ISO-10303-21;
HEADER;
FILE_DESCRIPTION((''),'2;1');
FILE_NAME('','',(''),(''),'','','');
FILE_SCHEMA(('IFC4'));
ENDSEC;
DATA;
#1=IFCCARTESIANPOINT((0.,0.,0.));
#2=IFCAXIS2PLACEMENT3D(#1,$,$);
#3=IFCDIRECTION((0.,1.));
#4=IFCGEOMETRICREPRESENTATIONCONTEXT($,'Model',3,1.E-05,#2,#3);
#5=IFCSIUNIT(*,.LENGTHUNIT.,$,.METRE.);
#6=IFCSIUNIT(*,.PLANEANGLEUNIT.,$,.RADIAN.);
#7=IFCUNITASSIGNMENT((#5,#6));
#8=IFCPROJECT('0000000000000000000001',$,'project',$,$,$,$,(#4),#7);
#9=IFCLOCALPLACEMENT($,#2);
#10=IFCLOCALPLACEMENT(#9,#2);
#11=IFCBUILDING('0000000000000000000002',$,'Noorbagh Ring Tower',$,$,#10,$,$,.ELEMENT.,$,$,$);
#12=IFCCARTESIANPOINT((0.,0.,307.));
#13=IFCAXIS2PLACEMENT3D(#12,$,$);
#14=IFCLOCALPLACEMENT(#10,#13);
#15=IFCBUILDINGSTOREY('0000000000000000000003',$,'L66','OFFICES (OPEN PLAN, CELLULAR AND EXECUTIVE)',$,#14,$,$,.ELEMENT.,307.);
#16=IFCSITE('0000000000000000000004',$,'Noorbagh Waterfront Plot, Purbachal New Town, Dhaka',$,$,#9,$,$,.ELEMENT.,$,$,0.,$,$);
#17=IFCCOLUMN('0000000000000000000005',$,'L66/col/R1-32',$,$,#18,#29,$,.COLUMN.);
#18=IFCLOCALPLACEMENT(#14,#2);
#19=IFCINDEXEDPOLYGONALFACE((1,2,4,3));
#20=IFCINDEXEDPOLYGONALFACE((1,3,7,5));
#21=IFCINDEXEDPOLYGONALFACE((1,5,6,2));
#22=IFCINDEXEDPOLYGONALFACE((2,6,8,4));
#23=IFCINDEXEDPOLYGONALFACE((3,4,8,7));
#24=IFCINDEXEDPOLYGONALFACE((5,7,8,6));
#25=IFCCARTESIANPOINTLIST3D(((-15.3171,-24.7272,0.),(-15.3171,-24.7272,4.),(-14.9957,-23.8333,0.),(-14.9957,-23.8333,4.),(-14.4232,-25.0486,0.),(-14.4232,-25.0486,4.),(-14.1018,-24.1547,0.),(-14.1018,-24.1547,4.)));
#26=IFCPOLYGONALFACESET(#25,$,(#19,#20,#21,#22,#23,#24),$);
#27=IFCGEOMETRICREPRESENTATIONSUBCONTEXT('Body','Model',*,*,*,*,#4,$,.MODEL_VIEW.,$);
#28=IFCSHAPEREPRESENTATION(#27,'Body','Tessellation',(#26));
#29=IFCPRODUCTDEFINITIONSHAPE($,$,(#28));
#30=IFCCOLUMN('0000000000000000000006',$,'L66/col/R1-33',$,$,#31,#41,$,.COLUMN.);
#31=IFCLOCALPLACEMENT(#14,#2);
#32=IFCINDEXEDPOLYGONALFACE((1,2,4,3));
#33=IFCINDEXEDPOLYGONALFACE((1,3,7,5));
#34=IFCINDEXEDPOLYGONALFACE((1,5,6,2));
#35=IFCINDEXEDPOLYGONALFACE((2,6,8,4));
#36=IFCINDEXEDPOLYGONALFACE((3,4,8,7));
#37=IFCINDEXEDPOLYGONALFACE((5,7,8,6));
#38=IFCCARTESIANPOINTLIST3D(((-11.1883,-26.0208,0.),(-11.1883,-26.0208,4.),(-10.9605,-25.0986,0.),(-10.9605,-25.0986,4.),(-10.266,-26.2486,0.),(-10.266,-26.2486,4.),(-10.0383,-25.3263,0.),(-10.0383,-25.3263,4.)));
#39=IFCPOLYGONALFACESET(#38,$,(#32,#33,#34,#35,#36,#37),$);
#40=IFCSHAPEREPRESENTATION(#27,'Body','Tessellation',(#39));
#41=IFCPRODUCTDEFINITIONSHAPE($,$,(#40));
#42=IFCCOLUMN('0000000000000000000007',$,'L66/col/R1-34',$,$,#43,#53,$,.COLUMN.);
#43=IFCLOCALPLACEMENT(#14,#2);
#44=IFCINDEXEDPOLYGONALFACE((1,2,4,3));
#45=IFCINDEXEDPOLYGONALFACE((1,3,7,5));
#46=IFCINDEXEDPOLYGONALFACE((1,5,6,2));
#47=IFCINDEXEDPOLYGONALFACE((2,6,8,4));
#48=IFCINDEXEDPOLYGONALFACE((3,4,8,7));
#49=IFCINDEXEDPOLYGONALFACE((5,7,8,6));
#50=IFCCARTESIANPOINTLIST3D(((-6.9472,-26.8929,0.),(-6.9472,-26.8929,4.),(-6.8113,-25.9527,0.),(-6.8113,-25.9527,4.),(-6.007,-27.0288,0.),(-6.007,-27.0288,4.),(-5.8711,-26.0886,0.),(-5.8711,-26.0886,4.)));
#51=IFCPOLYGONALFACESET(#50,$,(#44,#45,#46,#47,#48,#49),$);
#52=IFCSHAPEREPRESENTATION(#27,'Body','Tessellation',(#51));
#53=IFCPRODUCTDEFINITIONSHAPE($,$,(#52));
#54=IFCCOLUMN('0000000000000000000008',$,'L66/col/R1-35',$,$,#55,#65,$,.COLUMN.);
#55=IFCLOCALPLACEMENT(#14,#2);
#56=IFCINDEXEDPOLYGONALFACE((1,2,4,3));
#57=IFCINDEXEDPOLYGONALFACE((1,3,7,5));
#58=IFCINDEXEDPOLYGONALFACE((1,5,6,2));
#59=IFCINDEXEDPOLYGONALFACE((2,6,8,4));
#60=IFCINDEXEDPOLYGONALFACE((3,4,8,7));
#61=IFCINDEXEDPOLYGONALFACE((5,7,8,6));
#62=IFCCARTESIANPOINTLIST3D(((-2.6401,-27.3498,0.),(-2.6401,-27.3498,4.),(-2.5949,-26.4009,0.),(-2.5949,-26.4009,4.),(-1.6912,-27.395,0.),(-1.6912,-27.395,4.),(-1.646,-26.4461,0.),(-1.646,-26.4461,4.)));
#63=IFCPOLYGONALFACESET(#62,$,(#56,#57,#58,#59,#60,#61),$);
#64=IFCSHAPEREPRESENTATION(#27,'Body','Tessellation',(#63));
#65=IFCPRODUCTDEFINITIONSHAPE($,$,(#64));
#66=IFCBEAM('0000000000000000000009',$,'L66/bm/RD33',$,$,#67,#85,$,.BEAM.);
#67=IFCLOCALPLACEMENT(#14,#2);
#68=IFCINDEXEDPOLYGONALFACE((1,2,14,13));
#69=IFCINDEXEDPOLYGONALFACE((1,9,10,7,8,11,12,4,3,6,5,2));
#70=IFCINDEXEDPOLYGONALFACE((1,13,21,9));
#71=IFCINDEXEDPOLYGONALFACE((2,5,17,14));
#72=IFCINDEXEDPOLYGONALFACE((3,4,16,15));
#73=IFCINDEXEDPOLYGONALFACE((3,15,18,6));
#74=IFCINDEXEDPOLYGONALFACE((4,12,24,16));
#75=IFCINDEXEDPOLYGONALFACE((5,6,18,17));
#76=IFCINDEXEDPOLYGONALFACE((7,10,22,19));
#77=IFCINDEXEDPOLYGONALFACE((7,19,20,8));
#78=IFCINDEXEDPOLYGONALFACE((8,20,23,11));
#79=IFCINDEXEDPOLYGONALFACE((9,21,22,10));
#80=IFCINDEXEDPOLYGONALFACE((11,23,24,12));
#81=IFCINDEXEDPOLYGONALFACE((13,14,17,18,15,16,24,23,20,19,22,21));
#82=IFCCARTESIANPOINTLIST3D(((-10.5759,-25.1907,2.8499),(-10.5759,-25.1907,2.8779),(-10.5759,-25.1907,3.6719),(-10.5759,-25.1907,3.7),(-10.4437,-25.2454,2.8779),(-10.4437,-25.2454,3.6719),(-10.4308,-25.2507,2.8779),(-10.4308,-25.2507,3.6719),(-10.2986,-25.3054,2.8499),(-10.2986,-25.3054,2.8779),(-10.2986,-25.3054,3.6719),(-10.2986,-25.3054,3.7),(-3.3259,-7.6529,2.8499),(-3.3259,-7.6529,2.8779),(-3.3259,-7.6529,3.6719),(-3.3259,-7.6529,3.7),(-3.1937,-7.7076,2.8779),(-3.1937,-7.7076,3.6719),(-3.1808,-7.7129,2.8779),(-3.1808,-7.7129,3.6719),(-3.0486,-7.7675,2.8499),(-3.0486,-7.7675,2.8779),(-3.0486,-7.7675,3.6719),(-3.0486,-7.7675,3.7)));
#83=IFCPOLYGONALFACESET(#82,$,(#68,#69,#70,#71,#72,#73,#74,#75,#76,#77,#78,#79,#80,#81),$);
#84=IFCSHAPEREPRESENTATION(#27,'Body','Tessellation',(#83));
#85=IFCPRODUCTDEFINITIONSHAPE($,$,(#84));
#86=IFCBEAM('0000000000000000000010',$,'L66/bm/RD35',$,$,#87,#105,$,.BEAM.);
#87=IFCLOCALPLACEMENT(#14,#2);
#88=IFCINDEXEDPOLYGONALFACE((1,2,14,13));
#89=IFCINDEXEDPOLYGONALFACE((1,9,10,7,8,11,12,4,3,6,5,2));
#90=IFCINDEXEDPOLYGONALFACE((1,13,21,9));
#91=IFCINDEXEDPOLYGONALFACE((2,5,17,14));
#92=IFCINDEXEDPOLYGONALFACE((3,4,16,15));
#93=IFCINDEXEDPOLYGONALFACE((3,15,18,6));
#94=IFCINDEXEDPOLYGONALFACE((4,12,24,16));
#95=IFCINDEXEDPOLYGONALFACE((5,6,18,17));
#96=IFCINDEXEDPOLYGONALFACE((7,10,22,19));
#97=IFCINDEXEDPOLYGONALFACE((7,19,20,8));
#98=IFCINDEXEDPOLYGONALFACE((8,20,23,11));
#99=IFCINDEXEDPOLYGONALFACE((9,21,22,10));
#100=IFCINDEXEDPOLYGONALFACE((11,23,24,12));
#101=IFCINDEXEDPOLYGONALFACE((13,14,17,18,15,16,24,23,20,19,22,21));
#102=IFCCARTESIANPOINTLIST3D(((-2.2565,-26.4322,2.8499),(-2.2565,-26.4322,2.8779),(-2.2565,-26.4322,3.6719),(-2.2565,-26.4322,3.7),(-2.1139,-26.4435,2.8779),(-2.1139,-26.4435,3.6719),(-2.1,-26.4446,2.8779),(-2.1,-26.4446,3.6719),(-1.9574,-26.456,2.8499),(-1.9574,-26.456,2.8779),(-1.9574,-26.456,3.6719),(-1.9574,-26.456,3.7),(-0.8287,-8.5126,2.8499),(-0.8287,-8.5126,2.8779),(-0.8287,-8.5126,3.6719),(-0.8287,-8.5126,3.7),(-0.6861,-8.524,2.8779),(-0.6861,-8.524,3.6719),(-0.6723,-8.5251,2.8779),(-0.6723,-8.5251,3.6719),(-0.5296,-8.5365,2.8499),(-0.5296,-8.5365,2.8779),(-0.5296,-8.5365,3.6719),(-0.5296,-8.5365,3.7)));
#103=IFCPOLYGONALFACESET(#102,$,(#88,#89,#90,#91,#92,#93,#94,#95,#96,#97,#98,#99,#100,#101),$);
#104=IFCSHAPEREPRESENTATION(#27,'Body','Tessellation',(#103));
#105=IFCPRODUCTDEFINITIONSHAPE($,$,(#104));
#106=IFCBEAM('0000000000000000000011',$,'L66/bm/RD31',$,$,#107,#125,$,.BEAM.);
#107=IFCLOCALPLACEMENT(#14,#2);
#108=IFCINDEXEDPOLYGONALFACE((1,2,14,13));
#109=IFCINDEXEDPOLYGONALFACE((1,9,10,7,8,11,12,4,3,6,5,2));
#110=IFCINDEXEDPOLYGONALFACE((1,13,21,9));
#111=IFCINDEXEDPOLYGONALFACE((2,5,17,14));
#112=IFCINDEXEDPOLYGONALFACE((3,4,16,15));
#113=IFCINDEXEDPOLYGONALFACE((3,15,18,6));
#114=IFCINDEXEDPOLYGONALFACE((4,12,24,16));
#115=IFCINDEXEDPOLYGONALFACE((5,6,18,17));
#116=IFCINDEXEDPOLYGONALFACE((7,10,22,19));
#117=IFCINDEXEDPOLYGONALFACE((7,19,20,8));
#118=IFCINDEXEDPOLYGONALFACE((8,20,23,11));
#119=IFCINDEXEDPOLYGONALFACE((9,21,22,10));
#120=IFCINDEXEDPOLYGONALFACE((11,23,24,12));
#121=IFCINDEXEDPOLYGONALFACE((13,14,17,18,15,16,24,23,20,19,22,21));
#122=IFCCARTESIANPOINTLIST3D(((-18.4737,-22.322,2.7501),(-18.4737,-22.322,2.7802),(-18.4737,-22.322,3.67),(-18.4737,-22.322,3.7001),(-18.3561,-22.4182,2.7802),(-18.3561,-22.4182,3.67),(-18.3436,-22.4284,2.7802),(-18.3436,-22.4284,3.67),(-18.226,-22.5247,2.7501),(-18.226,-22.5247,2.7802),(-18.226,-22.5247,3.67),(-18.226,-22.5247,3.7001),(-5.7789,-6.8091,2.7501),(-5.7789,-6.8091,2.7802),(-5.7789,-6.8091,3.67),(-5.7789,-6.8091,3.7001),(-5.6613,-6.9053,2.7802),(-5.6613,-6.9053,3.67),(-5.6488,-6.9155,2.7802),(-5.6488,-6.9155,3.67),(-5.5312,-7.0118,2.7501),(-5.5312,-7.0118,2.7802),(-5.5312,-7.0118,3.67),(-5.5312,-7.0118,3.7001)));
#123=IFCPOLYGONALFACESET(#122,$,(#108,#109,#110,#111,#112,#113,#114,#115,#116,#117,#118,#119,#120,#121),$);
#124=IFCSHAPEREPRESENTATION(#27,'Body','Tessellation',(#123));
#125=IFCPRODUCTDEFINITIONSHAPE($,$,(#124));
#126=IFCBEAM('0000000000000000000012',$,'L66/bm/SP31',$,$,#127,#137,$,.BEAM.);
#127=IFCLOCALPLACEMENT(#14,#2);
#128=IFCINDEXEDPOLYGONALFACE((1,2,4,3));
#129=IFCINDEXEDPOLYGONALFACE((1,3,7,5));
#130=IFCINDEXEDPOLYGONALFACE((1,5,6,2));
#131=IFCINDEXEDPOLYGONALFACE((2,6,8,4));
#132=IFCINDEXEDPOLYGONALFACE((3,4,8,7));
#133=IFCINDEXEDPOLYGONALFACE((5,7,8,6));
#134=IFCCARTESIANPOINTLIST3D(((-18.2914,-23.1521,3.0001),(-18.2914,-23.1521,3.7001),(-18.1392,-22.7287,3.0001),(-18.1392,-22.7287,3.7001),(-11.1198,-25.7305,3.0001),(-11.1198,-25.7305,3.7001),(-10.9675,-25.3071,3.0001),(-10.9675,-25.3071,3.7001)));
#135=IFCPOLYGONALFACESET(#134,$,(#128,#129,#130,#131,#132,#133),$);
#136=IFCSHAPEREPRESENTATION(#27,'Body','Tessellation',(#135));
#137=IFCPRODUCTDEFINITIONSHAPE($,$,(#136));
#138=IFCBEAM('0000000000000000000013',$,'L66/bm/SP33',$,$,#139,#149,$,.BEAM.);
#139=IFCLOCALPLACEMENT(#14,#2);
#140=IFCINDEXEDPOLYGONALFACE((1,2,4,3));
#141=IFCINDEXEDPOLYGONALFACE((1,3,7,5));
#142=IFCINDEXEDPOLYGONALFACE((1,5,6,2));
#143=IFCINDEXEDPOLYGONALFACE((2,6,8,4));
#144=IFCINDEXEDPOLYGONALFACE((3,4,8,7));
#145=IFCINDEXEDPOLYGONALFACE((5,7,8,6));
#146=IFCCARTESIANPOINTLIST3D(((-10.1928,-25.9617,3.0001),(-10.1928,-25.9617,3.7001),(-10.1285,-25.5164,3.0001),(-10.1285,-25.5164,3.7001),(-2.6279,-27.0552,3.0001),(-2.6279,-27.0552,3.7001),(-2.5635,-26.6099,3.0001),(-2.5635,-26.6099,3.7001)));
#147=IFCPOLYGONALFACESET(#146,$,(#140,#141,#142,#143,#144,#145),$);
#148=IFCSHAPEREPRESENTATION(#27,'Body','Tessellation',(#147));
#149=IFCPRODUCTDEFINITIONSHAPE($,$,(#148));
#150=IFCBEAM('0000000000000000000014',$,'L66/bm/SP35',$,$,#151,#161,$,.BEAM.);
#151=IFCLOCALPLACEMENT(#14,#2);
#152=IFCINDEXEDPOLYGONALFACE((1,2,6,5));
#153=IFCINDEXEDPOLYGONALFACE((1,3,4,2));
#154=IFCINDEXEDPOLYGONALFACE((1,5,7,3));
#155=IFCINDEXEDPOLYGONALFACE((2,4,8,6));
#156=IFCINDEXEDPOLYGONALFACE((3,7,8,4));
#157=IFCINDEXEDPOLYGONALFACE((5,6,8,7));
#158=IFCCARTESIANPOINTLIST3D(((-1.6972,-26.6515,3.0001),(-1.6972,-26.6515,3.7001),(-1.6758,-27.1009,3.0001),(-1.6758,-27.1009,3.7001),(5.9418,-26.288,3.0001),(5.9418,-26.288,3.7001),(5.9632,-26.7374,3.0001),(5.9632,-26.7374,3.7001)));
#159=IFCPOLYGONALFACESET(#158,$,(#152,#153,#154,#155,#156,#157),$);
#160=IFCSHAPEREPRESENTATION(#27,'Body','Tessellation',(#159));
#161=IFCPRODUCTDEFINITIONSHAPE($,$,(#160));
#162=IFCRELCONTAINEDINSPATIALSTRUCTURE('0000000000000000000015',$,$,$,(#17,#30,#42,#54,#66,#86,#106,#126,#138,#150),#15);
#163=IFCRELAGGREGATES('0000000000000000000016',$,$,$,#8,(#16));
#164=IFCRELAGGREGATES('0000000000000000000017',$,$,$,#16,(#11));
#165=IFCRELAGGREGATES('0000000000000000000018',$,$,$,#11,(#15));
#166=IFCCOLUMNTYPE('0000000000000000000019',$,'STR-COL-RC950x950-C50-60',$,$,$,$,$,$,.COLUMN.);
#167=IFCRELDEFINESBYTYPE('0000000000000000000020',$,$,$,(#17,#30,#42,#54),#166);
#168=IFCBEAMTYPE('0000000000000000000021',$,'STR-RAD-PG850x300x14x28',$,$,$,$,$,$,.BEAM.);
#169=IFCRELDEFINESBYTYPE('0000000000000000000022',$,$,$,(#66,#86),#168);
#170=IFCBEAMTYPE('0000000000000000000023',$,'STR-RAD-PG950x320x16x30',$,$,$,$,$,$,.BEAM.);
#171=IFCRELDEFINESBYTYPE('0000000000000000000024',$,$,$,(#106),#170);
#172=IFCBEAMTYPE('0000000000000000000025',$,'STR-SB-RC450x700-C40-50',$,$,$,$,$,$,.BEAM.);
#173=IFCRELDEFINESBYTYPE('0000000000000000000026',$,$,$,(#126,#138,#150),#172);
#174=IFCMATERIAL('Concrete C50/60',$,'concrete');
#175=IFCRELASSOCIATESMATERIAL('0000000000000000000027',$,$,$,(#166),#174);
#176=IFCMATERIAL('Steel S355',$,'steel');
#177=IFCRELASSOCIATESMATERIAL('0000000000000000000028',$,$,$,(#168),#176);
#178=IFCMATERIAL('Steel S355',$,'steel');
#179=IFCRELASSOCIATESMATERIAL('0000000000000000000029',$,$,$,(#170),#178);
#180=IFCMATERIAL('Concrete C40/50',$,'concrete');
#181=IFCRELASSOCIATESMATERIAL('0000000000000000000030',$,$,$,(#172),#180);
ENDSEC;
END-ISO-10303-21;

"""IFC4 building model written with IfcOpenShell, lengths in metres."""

from ifc_helpers import new_model, si_unit, direction, frame, origin, origin_2d, place, context, subcontext, project, spatial, rectangle, i_section, extrude, material, material_profile, profile_set, type_object, element, save


model = new_model("IFC4")

# Units and contexts
model_context = context("Model", 3, precision=1e-05, world=origin(), true_north=direction((0.0, 1.0)))
body_context = subcontext(model_context, "Body", "Model", "MODEL_VIEW")
ifc_project = project(units=[si_unit("LENGTHUNIT", "METRE"), si_unit("PLANEANGLEUNIT", "RADIAN")], contexts=[model_context])

# Site, building, storey
site_placement = place(None, origin())
site = spatial("IfcSite", under=ifc_project, at=site_placement, Name="Noorbagh Waterfront Plot, Purbachal New Town, Dhaka", CompositionType="ELEMENT", RefElevation=0.0)
building_placement = place(site_placement, origin())
building = spatial("IfcBuilding", under=site, at=building_placement, Name="Noorbagh Ring Tower", CompositionType="ELEMENT")
storey_placement = place(building_placement, frame((0.0, 0.0, 307.0)))
storey = spatial("IfcBuildingStorey", under=building, at=storey_placement, Name="L66", Description="OFFICES (OPEN PLAN, CELLULAR AND EXECUTIVE)", CompositionType="ELEMENT", Elevation=307.0)

# Columns
ifc_material_1 = material(Name="Concrete C50/60", Category="concrete")
ifc_material_profile_1 = material_profile(ifc_material_1, rectangle(XDim=0.95, YDim=0.95, at=origin_2d()), Name="RC950x950")
ifc_profile_set_1 = profile_set([ifc_material_profile_1], Name="Concrete C50/60")
column_type = type_object("IfcColumnType", Name="STR-COL-RC950x950-C50-60", PredefinedType="COLUMN", material=ifc_profile_set_1)
for number, where, z_axis, x_axis, name in (
    (1, (-14.7095, -24.4409, 0.0), (0.0, 0.0, 1.0), (0.941025, -0.338338, 0.0), "L66/col/R1-32"),
    (2, (-10.6133, -25.6736, 0.0), (0.0, 0.0, 1.0), (0.970829, -0.239771, 0.0), "L66/col/R1-33"),
    (3, (-6.4092, -26.4907, 0.0), (0.0, 0.0, 1.0), (0.989713, -0.143066, 0.0), "L66/col/R1-34"),
    (4, (-2.1431, -26.8979, 0.0), (0.0, 0.0, 1.0), (0.998869, -0.047553, 0.0), "L66/col/R1-35"),
):
    element("IfcColumn", number, at=place(storey_placement, frame(where, z_axis=z_axis, x_axis=x_axis)), inside=storey, type_object=column_type, Name=name, PredefinedType="COLUMN", context=body_context, shape_type="SweptSolid", body=[
        extrude(rectangle(XDim=0.95, YDim=0.95, at=origin_2d()), origin(), (0.0, 0.0, 1.0), 4.0),
    ])

# Beams
ifc_material_2 = material(Name="Steel S355", Category="steel")
ifc_material_profile_2 = material_profile(ifc_material_2, i_section(OverallWidth=0.3, OverallDepth=0.8501, WebThickness=0.0139, FlangeThickness=0.0281, at=origin_2d()), Name="PG850x300x14x28")
ifc_profile_set_2 = profile_set([ifc_material_profile_2], Name="Steel S355")
beam_type_1 = type_object("IfcBeamType", Name="STR-RAD-PG850x300x14x28", PredefinedType="BEAM", material=ifc_profile_set_2)
beam_1_placement = place(storey_placement, frame((-10.4373, -25.248, 3.2749), z_axis=(0.382035, 0.924148, 0.0), x_axis=(-0.924148, 0.382035, 0.0)))
element("IfcBeam", 5, at=beam_1_placement, inside=storey, type_object=beam_type_1, Name="L66/bm/RD33", PredefinedType="BEAM", context=body_context, shape_type="SweptSolid", body=[
    extrude(i_section(OverallWidth=0.3, OverallDepth=0.8501, WebThickness=0.0139, FlangeThickness=0.0281, at=origin_2d()), origin(), (0.0, 0.0, 1.0), 18.9773),
])
beam_2_placement = place(storey_placement, frame((-2.1069, -26.4441, 3.2749), z_axis=(0.079423, 0.996841, 0.0), x_axis=(-0.996841, 0.079423, 0.0)))
element("IfcBeam", 6, at=beam_2_placement, inside=storey, type_object=beam_type_1, Name="L66/bm/RD35", PredefinedType="BEAM", context=body_context, shape_type="SweptSolid", body=[
    extrude(i_section(OverallWidth=0.3, OverallDepth=0.8501, WebThickness=0.0139, FlangeThickness=0.0281, at=origin_2d()), origin(), (0.0, 0.0, 1.0), 17.9763),
])
ifc_material_3 = material(Name="Steel S355", Category="steel")
ifc_material_profile_3 = material_profile(ifc_material_3, i_section(OverallWidth=0.3201, OverallDepth=0.95, WebThickness=0.0161, FlangeThickness=0.03, at=origin_2d()), Name="PG950x320x16x30")
ifc_profile_set_3 = profile_set([ifc_material_profile_3], Name="Steel S355")
beam_type_2 = type_object("IfcBeamType", Name="STR-RAD-PG950x320x16x30", PredefinedType="BEAM", material=ifc_profile_set_3)
beam_3_placement = place(storey_placement, frame((-18.3499, -22.4233, 3.2251), z_axis=(0.63331, 0.773898, 0.0), x_axis=(-0.773898, 0.63331, 0.0)))
element("IfcBeam", 7, at=beam_3_placement, inside=storey, type_object=beam_type_2, Name="L66/bm/RD31", PredefinedType="BEAM", context=body_context, shape_type="SweptSolid", body=[
    extrude(i_section(OverallWidth=0.3201, OverallDepth=0.95, WebThickness=0.0161, FlangeThickness=0.03, at=origin_2d()), origin(), (0.0, 0.0, 1.0), 20.0452),
])
ifc_material_4 = material(Name="Concrete C40/50", Category="concrete")
ifc_material_profile_4 = material_profile(ifc_material_4, rectangle(XDim=0.45, YDim=0.7, at=origin_2d()), Name="RC450x700")
ifc_profile_set_4 = profile_set([ifc_material_profile_4], Name="Concrete C40/50")
beam_type_3 = type_object("IfcBeamType", Name="STR-SB-RC450x700-C40-50", PredefinedType="BEAM", material=ifc_profile_set_4)
beam_4_placement = place(storey_placement, frame((-18.2153, -22.9404, 3.3501), z_axis=(0.94103, -0.338322, 0.0), x_axis=(0.338322, 0.94103, 0.0)))
element("IfcBeam", 8, at=beam_4_placement, inside=storey, type_object=beam_type_3, Name="L66/bm/SP31", PredefinedType="BEAM", context=body_context, shape_type="SweptSolid", body=[
    extrude(rectangle(XDim=0.45, YDim=0.7, at=origin_2d()), origin(), (0.0, 0.0, 1.0), 7.6211),
])
beam_5_placement = place(storey_placement, frame((-10.1606, -25.739, 3.3501), z_axis=(0.989714, -0.143062, 0.0), x_axis=(0.143062, 0.989714, 0.0)))
element("IfcBeam", 9, at=beam_5_placement, inside=storey, type_object=beam_type_3, Name="L66/bm/SP33", PredefinedType="BEAM", context=body_context, shape_type="SweptSolid", body=[
    extrude(rectangle(XDim=0.45, YDim=0.7, at=origin_2d()), origin(), (0.0, 0.0, 1.0), 7.6436),
])
beam_6_placement = place(storey_placement, frame((-1.6865, -26.8762, 3.3501), z_axis=(0.99887, 0.047533, 0.0), x_axis=(-0.047533, 0.99887, 0.0)))
element("IfcBeam", 10, at=beam_6_placement, inside=storey, type_object=beam_type_3, Name="L66/bm/SP35", PredefinedType="BEAM", context=body_context, shape_type="SweptSolid", body=[
    extrude(rectangle(XDim=0.45, YDim=0.7, at=origin_2d()), origin(), (0.0, 0.0, 1.0), 7.6477),
])

save(model, "model.ifc")
